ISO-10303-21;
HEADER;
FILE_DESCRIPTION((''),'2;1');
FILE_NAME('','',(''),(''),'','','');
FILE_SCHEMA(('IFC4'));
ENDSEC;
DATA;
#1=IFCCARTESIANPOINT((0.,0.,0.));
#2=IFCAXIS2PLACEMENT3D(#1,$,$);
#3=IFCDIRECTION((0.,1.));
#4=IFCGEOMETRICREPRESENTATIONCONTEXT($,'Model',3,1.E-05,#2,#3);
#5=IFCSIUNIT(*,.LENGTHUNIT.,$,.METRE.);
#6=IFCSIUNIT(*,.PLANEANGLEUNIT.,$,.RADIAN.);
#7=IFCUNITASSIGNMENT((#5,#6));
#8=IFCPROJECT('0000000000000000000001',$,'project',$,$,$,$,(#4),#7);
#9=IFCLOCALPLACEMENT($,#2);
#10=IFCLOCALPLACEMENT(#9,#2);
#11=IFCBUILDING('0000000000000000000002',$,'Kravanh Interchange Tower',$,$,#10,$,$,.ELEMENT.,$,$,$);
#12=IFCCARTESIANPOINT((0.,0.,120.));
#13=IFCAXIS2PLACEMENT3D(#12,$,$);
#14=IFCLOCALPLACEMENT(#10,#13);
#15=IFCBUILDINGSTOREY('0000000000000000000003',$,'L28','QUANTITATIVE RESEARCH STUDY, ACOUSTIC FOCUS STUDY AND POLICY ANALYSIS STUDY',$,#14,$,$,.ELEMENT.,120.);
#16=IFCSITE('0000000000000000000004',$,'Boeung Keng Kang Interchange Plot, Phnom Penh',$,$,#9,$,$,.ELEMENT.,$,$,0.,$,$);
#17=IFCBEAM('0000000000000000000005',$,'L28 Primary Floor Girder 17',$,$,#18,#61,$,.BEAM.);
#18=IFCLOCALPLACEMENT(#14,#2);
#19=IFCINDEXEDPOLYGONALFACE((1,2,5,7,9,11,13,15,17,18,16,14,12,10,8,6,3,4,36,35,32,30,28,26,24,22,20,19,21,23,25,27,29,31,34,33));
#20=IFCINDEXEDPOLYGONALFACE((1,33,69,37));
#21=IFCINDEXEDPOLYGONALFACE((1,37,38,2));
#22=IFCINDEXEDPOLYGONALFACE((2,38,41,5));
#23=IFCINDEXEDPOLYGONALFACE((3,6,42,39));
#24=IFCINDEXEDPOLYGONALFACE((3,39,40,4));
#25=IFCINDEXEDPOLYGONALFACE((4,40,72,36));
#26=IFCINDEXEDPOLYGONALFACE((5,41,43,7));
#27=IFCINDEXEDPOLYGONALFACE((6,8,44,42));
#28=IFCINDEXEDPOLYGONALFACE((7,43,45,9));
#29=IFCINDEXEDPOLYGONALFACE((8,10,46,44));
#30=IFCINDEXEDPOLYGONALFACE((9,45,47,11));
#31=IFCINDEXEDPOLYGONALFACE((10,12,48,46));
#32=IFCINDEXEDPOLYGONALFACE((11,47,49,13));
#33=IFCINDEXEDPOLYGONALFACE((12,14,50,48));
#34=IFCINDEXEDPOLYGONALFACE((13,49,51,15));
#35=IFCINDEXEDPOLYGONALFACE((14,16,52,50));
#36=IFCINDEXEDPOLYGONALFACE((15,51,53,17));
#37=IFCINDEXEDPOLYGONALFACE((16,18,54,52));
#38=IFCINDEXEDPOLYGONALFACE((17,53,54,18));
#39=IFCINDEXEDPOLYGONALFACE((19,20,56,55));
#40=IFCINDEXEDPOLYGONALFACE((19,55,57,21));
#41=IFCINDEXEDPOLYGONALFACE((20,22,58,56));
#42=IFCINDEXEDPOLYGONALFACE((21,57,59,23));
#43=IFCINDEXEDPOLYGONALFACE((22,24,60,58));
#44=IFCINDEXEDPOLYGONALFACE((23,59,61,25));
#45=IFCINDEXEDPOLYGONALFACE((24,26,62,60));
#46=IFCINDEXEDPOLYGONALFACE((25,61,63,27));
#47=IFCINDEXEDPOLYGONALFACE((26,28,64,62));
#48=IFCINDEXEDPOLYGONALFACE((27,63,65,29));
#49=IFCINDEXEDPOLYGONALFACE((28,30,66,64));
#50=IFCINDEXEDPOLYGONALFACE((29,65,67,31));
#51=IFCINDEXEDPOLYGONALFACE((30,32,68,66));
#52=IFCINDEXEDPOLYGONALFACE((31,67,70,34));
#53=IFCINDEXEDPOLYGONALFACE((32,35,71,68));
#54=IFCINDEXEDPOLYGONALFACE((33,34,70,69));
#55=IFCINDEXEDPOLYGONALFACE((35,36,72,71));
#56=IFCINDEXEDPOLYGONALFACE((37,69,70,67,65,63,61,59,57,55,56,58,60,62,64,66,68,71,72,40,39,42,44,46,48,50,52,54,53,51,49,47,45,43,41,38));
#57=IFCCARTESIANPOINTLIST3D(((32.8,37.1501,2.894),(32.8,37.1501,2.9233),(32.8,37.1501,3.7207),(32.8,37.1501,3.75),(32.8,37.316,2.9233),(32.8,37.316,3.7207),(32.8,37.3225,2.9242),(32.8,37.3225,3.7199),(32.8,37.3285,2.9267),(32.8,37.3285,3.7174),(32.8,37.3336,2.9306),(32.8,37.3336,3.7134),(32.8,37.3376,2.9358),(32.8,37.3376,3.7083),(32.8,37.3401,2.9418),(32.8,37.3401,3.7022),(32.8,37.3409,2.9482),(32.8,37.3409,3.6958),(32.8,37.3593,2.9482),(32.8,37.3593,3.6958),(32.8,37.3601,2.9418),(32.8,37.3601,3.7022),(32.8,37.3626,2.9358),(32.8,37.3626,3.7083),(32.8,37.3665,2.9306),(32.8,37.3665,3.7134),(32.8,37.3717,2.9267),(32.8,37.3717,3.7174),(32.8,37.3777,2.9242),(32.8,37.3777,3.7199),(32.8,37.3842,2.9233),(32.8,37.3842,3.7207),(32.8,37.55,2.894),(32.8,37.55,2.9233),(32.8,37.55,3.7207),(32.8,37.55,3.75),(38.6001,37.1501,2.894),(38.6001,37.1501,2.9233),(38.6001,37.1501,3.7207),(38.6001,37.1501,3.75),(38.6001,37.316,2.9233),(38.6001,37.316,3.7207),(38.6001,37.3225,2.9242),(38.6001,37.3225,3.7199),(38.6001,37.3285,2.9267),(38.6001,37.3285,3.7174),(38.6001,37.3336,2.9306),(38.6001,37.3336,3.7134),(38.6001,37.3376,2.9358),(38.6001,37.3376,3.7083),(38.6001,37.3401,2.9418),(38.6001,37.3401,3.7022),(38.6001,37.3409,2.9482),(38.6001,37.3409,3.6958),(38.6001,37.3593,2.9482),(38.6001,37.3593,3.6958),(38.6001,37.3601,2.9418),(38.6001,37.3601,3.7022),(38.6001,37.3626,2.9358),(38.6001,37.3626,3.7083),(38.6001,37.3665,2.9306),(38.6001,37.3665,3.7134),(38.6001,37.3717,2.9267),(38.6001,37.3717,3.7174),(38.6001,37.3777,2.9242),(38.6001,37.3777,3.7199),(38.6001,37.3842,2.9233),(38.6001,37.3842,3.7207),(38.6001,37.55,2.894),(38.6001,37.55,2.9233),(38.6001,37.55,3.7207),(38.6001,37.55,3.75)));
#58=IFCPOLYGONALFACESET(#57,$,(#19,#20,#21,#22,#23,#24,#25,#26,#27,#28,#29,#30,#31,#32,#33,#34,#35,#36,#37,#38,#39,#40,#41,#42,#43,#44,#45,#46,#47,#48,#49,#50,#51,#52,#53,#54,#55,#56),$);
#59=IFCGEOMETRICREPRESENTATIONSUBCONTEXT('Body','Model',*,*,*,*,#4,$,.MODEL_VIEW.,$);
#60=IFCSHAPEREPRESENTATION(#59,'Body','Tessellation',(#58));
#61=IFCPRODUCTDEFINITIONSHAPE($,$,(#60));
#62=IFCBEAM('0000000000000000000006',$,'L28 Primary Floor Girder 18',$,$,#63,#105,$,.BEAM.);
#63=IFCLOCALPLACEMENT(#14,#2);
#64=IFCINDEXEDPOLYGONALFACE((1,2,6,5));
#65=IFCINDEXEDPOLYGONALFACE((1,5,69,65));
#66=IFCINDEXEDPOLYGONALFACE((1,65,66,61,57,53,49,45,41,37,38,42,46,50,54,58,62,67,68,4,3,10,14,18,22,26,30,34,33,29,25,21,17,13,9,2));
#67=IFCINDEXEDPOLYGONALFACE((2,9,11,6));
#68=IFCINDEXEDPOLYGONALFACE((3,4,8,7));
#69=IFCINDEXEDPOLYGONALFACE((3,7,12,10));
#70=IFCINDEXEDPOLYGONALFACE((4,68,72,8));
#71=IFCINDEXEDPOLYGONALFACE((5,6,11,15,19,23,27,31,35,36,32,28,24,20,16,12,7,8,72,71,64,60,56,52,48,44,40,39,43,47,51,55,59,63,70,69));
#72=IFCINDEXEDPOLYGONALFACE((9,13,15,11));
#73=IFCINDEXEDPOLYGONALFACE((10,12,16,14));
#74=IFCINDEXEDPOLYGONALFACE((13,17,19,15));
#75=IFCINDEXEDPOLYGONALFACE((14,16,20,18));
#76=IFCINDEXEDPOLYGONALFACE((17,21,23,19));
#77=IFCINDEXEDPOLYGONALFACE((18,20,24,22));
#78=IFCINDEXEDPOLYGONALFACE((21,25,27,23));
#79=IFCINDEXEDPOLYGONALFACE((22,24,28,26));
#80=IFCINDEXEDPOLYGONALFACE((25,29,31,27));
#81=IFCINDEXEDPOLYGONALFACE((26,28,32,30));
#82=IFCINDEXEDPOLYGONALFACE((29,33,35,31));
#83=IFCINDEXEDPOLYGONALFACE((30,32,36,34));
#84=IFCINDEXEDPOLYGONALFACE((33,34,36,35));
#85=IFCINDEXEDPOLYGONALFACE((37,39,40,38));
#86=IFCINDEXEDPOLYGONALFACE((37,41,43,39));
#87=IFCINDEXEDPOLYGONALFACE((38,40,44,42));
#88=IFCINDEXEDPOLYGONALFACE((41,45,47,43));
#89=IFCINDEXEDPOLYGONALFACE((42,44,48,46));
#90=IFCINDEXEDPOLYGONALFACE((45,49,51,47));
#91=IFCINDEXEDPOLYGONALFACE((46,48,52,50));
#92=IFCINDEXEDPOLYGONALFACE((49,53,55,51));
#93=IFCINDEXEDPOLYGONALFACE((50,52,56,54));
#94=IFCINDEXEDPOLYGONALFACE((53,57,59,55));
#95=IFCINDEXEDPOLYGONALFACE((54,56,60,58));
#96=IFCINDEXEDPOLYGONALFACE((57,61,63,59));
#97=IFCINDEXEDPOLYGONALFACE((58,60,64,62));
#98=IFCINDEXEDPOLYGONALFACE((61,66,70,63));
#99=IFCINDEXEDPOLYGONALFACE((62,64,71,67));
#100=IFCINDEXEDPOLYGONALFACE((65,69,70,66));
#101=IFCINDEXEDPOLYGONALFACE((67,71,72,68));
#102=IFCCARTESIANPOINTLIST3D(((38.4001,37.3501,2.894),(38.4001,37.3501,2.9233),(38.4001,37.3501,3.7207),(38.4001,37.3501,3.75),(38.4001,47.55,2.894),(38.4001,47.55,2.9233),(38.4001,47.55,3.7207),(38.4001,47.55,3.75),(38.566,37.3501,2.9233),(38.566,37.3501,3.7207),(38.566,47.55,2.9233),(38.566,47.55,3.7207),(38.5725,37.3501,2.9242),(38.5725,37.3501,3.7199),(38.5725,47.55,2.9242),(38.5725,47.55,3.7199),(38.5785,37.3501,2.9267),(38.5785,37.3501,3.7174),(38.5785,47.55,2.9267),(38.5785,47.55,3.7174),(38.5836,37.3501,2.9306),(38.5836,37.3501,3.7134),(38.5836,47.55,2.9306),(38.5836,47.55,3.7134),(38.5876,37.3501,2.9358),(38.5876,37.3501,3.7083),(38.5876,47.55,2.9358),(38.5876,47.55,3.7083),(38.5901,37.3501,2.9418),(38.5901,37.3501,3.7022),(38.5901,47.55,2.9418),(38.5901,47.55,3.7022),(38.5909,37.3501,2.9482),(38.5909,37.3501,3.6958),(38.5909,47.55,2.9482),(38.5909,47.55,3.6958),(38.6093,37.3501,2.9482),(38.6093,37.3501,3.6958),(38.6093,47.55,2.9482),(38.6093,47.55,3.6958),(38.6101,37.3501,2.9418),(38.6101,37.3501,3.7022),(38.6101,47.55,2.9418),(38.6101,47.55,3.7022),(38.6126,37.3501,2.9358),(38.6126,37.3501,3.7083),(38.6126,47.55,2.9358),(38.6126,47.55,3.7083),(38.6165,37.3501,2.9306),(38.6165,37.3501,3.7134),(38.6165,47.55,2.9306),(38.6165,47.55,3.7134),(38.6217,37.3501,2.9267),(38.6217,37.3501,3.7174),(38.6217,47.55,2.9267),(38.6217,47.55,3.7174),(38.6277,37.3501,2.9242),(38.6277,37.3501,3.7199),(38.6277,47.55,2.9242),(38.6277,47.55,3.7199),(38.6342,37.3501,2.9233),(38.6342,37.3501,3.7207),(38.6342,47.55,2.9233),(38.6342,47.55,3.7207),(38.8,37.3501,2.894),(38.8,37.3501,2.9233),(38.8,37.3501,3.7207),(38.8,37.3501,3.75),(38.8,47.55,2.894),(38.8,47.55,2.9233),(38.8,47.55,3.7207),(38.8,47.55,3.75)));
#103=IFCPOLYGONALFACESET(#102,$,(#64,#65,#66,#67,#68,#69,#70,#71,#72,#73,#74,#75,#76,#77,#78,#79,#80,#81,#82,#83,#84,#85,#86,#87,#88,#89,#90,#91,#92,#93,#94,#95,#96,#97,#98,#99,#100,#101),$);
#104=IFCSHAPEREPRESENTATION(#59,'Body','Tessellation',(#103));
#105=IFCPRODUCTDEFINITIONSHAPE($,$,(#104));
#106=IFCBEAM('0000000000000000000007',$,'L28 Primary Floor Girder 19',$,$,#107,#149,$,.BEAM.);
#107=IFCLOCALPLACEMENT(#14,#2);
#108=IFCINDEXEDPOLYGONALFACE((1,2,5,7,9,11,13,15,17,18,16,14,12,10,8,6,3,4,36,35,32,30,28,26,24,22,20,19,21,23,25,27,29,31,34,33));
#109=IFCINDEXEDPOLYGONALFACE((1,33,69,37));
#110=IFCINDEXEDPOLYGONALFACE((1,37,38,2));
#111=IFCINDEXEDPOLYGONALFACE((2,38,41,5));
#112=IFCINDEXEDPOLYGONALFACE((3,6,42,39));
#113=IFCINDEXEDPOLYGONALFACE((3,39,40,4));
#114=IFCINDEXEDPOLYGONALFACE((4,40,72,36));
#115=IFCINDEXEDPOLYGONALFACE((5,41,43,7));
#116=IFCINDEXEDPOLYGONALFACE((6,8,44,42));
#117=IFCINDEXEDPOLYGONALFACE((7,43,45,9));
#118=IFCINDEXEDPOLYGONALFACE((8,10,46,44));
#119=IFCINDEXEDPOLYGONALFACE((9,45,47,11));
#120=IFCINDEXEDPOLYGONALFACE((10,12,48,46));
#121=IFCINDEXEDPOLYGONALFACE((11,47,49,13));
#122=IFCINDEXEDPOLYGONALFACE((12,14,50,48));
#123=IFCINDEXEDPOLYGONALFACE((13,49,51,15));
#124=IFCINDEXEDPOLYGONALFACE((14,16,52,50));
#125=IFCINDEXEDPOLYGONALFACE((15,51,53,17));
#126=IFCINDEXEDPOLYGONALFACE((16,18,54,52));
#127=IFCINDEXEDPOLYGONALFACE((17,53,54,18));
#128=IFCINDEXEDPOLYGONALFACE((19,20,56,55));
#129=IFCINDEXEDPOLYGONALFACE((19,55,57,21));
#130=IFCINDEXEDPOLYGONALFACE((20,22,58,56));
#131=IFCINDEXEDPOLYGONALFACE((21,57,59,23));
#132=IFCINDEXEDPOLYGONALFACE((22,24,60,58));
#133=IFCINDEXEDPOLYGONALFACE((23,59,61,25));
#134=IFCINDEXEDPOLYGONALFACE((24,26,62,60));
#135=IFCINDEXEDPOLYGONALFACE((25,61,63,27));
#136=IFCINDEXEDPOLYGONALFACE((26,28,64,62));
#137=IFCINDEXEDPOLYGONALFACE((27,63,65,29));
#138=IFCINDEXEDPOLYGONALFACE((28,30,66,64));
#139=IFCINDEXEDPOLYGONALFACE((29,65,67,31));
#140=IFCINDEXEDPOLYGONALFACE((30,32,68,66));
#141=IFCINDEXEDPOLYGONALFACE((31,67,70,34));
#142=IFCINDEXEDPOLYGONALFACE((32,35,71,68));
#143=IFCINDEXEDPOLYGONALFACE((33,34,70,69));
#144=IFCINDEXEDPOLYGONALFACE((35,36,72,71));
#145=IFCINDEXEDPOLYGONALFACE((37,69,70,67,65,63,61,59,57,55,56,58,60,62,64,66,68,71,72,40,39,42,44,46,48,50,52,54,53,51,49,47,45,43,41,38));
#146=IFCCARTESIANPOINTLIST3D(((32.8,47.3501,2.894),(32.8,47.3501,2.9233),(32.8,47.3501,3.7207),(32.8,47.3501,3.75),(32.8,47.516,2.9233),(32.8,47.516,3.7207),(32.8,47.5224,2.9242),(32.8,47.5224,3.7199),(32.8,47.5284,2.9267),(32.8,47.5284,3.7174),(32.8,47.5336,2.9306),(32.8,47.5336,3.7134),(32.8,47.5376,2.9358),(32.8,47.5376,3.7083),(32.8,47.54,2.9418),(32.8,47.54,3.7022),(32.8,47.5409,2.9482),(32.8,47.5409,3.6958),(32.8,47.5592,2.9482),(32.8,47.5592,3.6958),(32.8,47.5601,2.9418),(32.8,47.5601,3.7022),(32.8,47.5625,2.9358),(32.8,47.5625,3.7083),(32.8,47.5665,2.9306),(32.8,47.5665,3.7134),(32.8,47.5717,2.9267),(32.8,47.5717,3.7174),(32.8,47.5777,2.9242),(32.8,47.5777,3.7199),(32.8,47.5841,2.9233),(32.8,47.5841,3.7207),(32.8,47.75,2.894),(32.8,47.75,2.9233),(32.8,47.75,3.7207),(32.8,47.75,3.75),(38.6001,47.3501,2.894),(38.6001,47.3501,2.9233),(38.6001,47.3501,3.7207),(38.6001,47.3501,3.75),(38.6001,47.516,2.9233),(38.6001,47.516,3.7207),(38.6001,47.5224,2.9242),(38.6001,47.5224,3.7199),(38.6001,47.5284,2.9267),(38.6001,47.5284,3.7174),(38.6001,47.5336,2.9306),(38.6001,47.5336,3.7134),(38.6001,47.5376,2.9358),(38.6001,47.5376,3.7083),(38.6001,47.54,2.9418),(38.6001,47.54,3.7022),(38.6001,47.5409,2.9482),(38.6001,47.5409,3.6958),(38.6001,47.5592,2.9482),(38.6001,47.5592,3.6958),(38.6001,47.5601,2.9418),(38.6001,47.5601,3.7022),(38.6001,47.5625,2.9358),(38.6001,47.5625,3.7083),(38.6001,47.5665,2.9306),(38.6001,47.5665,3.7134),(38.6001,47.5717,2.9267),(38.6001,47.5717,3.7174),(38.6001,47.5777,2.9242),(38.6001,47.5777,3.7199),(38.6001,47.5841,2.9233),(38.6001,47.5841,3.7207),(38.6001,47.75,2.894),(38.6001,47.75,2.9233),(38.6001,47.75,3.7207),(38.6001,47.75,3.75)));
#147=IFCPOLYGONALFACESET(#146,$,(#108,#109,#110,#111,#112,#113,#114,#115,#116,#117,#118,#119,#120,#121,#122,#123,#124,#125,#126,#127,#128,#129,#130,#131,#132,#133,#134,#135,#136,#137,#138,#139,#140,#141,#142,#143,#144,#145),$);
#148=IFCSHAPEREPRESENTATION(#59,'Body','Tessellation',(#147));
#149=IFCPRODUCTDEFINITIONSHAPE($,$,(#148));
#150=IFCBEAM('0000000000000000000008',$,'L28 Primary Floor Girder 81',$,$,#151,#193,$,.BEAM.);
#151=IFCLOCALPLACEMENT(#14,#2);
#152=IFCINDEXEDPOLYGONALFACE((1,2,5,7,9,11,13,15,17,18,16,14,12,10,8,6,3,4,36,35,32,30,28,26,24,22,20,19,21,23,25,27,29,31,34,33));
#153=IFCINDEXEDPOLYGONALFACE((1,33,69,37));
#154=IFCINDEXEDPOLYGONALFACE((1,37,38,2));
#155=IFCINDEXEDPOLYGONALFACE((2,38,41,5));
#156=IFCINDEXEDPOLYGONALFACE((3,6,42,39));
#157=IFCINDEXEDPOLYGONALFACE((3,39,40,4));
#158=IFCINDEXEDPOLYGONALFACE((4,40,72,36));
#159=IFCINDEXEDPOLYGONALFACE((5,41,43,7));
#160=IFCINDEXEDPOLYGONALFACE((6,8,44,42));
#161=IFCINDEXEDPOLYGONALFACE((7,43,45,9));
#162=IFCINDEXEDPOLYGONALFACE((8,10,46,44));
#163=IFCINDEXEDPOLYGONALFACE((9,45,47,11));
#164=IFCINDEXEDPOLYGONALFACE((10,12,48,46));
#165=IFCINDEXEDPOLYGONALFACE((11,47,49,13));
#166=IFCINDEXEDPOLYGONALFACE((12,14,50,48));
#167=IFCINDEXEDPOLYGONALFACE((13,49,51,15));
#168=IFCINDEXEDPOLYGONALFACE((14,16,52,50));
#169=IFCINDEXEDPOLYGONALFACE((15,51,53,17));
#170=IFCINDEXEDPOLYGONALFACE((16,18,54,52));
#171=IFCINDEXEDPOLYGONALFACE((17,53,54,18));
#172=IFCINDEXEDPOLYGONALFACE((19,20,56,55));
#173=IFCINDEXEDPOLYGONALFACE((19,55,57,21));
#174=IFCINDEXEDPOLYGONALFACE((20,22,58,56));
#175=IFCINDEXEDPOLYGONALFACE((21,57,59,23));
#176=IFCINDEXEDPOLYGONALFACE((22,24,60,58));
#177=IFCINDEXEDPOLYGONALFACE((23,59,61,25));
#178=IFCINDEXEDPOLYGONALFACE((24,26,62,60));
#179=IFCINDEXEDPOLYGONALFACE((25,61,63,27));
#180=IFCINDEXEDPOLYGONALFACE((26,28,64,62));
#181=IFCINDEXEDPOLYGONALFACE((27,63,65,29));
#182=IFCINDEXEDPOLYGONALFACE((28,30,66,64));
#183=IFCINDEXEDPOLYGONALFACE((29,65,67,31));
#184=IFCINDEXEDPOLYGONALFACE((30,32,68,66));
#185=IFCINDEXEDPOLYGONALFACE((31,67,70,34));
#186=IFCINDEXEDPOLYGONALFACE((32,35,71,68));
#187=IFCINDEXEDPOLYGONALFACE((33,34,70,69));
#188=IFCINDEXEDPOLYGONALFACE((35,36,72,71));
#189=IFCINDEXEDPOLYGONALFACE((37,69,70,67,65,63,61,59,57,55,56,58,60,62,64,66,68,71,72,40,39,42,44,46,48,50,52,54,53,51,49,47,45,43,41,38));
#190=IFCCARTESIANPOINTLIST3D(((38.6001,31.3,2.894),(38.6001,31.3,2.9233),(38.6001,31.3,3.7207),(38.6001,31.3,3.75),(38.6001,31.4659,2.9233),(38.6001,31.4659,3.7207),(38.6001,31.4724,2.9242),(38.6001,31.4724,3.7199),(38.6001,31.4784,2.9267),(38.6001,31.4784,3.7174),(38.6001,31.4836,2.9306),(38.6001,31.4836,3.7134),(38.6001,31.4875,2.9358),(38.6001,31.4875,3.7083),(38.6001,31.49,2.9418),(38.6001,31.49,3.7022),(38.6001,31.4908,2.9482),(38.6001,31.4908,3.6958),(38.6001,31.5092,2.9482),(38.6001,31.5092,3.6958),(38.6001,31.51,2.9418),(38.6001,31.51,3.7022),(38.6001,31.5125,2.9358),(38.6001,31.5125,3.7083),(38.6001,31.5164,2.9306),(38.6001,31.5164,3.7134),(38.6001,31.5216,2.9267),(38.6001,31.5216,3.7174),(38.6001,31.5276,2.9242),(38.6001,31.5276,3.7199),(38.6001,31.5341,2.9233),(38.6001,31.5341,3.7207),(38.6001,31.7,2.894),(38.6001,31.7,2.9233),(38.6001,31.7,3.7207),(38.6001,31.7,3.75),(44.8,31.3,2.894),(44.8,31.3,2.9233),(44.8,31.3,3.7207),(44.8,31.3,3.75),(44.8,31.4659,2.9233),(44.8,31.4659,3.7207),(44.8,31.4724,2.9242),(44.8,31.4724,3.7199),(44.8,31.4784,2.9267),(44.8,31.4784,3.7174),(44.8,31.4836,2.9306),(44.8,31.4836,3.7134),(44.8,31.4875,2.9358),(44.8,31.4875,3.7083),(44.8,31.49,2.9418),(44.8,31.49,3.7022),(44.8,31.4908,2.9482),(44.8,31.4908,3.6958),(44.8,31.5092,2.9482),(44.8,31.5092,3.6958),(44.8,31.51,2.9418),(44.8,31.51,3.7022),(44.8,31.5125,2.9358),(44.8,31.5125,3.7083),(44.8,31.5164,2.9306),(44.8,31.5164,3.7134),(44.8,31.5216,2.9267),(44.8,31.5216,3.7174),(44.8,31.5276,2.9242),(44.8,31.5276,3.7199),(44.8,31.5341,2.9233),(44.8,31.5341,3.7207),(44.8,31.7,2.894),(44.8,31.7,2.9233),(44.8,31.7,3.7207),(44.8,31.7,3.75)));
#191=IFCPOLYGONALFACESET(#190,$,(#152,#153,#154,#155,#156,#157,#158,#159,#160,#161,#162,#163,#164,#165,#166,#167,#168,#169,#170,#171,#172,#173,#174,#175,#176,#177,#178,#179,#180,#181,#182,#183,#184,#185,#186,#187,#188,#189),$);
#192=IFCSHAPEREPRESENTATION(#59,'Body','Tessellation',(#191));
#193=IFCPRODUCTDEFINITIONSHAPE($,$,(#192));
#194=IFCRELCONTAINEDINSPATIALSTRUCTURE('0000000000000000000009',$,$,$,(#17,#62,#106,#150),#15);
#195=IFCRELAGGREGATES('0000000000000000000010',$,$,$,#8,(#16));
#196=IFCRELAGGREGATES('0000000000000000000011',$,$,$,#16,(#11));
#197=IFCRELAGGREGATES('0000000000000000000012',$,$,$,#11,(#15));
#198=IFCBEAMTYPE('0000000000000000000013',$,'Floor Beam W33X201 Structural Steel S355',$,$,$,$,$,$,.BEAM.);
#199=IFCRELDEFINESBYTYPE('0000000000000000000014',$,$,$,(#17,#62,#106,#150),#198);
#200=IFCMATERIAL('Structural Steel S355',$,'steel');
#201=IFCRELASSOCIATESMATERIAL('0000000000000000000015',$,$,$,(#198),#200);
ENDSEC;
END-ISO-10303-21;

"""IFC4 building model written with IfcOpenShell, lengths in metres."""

from ifc_helpers import new_model, si_unit, direction, frame, origin, origin_2d, place, context, subcontext, project, spatial, i_section, extrude, material, material_profile, profile_set, type_object, element, save


model = new_model("IFC4")

# Units and contexts
model_context = context("Model", 3, precision=1e-05, world=origin(), true_north=direction((0.0, 1.0)))
body_context = subcontext(model_context, "Body", "Model", "MODEL_VIEW")
ifc_project = project(units=[si_unit("LENGTHUNIT", "METRE"), si_unit("PLANEANGLEUNIT", "RADIAN")], contexts=[model_context])

# Site, building, storey
site_placement = place(None, origin())
site = spatial("IfcSite", under=ifc_project, at=site_placement, Name="Boeung Keng Kang Interchange Plot, Phnom Penh", CompositionType="ELEMENT", RefElevation=0.0)
building_placement = place(site_placement, origin())
building = spatial("IfcBuilding", under=site, at=building_placement, Name="Kravanh Interchange Tower", CompositionType="ELEMENT")
storey_placement = place(building_placement, frame((0.0, 0.0, 120.0)))
storey = spatial("IfcBuildingStorey", under=building, at=storey_placement, Name="L28", Description="QUANTITATIVE RESEARCH STUDY, ACOUSTIC FOCUS STUDY AND POLICY ANALYSIS STUDY", CompositionType="ELEMENT", Elevation=120.0)

# Beams
ifc_material_1 = material(Name="Structural Steel S355", Category="steel")
ifc_material_profile_1 = material_profile(ifc_material_1, i_section(OverallWidth=0.3999, OverallDepth=0.856, WebThickness=0.0183, FlangeThickness=0.0293, FilletRadius=0.0249, at=origin_2d()), Name="W33X201")
ifc_profile_set_1 = profile_set([ifc_material_profile_1], Name="Structural Steel S355")
beam_type_1 = type_object("IfcBeamType", Name="Floor Beam W33X201 Structural Steel S355", PredefinedType="BEAM", material=ifc_profile_set_1)
beam_1_placement = place(storey_placement, frame((38.6001, 37.3501, 3.322), z_axis=(-1.0, 0.0, 0.0), x_axis=(0.0, -1.0, 0.0)))
element("IfcBeam", 1, at=beam_1_placement, inside=storey, type_object=beam_type_1, Name="L28 Primary Floor Girder 17", PredefinedType="BEAM", context=body_context, shape_type="SweptSolid", body=[
    extrude(i_section(OverallWidth=0.3999, OverallDepth=0.856, WebThickness=0.0183, FlangeThickness=0.0293, FilletRadius=0.0249, at=origin_2d()), origin(), (0.0, 0.0, 1.0), 5.8),
])
beam_2_placement = place(storey_placement, frame((38.6001, 37.3501, 3.322), z_axis=(0.0, 1.0, 0.0), x_axis=(-1.0, 0.0, 0.0)))
element("IfcBeam", 2, at=beam_2_placement, inside=storey, type_object=beam_type_1, Name="L28 Primary Floor Girder 18", PredefinedType="BEAM", context=body_context, shape_type="SweptSolid", body=[
    extrude(i_section(OverallWidth=0.3999, OverallDepth=0.856, WebThickness=0.0183, FlangeThickness=0.0293, FilletRadius=0.0249, at=origin_2d()), origin(), (0.0, 0.0, 1.0), 10.2),
])
beam_3_placement = place(storey_placement, frame((38.6001, 47.55, 3.322), z_axis=(-1.0, 0.0, 0.0), x_axis=(0.0, -1.0, 0.0)))
element("IfcBeam", 3, at=beam_3_placement, inside=storey, type_object=beam_type_1, Name="L28 Primary Floor Girder 19", PredefinedType="BEAM", context=body_context, shape_type="SweptSolid", body=[
    extrude(i_section(OverallWidth=0.3999, OverallDepth=0.856, WebThickness=0.0183, FlangeThickness=0.0293, FilletRadius=0.0249, at=origin_2d()), origin(), (0.0, 0.0, 1.0), 5.8),
])
beam_4_placement = place(storey_placement, frame((38.6001, 31.5, 3.322), z_axis=(1.0, 0.0, 0.0), x_axis=(0.0, 1.0, 0.0)))
element("IfcBeam", 4, at=beam_4_placement, inside=storey, type_object=beam_type_1, Name="L28 Primary Floor Girder 81", PredefinedType="BEAM", context=body_context, shape_type="SweptSolid", body=[
    extrude(i_section(OverallWidth=0.3999, OverallDepth=0.856, WebThickness=0.0183, FlangeThickness=0.0293, FilletRadius=0.0249, at=origin_2d()), origin(), (0.0, 0.0, 1.0), 6.2),
])

save(model, "model.ifc")
